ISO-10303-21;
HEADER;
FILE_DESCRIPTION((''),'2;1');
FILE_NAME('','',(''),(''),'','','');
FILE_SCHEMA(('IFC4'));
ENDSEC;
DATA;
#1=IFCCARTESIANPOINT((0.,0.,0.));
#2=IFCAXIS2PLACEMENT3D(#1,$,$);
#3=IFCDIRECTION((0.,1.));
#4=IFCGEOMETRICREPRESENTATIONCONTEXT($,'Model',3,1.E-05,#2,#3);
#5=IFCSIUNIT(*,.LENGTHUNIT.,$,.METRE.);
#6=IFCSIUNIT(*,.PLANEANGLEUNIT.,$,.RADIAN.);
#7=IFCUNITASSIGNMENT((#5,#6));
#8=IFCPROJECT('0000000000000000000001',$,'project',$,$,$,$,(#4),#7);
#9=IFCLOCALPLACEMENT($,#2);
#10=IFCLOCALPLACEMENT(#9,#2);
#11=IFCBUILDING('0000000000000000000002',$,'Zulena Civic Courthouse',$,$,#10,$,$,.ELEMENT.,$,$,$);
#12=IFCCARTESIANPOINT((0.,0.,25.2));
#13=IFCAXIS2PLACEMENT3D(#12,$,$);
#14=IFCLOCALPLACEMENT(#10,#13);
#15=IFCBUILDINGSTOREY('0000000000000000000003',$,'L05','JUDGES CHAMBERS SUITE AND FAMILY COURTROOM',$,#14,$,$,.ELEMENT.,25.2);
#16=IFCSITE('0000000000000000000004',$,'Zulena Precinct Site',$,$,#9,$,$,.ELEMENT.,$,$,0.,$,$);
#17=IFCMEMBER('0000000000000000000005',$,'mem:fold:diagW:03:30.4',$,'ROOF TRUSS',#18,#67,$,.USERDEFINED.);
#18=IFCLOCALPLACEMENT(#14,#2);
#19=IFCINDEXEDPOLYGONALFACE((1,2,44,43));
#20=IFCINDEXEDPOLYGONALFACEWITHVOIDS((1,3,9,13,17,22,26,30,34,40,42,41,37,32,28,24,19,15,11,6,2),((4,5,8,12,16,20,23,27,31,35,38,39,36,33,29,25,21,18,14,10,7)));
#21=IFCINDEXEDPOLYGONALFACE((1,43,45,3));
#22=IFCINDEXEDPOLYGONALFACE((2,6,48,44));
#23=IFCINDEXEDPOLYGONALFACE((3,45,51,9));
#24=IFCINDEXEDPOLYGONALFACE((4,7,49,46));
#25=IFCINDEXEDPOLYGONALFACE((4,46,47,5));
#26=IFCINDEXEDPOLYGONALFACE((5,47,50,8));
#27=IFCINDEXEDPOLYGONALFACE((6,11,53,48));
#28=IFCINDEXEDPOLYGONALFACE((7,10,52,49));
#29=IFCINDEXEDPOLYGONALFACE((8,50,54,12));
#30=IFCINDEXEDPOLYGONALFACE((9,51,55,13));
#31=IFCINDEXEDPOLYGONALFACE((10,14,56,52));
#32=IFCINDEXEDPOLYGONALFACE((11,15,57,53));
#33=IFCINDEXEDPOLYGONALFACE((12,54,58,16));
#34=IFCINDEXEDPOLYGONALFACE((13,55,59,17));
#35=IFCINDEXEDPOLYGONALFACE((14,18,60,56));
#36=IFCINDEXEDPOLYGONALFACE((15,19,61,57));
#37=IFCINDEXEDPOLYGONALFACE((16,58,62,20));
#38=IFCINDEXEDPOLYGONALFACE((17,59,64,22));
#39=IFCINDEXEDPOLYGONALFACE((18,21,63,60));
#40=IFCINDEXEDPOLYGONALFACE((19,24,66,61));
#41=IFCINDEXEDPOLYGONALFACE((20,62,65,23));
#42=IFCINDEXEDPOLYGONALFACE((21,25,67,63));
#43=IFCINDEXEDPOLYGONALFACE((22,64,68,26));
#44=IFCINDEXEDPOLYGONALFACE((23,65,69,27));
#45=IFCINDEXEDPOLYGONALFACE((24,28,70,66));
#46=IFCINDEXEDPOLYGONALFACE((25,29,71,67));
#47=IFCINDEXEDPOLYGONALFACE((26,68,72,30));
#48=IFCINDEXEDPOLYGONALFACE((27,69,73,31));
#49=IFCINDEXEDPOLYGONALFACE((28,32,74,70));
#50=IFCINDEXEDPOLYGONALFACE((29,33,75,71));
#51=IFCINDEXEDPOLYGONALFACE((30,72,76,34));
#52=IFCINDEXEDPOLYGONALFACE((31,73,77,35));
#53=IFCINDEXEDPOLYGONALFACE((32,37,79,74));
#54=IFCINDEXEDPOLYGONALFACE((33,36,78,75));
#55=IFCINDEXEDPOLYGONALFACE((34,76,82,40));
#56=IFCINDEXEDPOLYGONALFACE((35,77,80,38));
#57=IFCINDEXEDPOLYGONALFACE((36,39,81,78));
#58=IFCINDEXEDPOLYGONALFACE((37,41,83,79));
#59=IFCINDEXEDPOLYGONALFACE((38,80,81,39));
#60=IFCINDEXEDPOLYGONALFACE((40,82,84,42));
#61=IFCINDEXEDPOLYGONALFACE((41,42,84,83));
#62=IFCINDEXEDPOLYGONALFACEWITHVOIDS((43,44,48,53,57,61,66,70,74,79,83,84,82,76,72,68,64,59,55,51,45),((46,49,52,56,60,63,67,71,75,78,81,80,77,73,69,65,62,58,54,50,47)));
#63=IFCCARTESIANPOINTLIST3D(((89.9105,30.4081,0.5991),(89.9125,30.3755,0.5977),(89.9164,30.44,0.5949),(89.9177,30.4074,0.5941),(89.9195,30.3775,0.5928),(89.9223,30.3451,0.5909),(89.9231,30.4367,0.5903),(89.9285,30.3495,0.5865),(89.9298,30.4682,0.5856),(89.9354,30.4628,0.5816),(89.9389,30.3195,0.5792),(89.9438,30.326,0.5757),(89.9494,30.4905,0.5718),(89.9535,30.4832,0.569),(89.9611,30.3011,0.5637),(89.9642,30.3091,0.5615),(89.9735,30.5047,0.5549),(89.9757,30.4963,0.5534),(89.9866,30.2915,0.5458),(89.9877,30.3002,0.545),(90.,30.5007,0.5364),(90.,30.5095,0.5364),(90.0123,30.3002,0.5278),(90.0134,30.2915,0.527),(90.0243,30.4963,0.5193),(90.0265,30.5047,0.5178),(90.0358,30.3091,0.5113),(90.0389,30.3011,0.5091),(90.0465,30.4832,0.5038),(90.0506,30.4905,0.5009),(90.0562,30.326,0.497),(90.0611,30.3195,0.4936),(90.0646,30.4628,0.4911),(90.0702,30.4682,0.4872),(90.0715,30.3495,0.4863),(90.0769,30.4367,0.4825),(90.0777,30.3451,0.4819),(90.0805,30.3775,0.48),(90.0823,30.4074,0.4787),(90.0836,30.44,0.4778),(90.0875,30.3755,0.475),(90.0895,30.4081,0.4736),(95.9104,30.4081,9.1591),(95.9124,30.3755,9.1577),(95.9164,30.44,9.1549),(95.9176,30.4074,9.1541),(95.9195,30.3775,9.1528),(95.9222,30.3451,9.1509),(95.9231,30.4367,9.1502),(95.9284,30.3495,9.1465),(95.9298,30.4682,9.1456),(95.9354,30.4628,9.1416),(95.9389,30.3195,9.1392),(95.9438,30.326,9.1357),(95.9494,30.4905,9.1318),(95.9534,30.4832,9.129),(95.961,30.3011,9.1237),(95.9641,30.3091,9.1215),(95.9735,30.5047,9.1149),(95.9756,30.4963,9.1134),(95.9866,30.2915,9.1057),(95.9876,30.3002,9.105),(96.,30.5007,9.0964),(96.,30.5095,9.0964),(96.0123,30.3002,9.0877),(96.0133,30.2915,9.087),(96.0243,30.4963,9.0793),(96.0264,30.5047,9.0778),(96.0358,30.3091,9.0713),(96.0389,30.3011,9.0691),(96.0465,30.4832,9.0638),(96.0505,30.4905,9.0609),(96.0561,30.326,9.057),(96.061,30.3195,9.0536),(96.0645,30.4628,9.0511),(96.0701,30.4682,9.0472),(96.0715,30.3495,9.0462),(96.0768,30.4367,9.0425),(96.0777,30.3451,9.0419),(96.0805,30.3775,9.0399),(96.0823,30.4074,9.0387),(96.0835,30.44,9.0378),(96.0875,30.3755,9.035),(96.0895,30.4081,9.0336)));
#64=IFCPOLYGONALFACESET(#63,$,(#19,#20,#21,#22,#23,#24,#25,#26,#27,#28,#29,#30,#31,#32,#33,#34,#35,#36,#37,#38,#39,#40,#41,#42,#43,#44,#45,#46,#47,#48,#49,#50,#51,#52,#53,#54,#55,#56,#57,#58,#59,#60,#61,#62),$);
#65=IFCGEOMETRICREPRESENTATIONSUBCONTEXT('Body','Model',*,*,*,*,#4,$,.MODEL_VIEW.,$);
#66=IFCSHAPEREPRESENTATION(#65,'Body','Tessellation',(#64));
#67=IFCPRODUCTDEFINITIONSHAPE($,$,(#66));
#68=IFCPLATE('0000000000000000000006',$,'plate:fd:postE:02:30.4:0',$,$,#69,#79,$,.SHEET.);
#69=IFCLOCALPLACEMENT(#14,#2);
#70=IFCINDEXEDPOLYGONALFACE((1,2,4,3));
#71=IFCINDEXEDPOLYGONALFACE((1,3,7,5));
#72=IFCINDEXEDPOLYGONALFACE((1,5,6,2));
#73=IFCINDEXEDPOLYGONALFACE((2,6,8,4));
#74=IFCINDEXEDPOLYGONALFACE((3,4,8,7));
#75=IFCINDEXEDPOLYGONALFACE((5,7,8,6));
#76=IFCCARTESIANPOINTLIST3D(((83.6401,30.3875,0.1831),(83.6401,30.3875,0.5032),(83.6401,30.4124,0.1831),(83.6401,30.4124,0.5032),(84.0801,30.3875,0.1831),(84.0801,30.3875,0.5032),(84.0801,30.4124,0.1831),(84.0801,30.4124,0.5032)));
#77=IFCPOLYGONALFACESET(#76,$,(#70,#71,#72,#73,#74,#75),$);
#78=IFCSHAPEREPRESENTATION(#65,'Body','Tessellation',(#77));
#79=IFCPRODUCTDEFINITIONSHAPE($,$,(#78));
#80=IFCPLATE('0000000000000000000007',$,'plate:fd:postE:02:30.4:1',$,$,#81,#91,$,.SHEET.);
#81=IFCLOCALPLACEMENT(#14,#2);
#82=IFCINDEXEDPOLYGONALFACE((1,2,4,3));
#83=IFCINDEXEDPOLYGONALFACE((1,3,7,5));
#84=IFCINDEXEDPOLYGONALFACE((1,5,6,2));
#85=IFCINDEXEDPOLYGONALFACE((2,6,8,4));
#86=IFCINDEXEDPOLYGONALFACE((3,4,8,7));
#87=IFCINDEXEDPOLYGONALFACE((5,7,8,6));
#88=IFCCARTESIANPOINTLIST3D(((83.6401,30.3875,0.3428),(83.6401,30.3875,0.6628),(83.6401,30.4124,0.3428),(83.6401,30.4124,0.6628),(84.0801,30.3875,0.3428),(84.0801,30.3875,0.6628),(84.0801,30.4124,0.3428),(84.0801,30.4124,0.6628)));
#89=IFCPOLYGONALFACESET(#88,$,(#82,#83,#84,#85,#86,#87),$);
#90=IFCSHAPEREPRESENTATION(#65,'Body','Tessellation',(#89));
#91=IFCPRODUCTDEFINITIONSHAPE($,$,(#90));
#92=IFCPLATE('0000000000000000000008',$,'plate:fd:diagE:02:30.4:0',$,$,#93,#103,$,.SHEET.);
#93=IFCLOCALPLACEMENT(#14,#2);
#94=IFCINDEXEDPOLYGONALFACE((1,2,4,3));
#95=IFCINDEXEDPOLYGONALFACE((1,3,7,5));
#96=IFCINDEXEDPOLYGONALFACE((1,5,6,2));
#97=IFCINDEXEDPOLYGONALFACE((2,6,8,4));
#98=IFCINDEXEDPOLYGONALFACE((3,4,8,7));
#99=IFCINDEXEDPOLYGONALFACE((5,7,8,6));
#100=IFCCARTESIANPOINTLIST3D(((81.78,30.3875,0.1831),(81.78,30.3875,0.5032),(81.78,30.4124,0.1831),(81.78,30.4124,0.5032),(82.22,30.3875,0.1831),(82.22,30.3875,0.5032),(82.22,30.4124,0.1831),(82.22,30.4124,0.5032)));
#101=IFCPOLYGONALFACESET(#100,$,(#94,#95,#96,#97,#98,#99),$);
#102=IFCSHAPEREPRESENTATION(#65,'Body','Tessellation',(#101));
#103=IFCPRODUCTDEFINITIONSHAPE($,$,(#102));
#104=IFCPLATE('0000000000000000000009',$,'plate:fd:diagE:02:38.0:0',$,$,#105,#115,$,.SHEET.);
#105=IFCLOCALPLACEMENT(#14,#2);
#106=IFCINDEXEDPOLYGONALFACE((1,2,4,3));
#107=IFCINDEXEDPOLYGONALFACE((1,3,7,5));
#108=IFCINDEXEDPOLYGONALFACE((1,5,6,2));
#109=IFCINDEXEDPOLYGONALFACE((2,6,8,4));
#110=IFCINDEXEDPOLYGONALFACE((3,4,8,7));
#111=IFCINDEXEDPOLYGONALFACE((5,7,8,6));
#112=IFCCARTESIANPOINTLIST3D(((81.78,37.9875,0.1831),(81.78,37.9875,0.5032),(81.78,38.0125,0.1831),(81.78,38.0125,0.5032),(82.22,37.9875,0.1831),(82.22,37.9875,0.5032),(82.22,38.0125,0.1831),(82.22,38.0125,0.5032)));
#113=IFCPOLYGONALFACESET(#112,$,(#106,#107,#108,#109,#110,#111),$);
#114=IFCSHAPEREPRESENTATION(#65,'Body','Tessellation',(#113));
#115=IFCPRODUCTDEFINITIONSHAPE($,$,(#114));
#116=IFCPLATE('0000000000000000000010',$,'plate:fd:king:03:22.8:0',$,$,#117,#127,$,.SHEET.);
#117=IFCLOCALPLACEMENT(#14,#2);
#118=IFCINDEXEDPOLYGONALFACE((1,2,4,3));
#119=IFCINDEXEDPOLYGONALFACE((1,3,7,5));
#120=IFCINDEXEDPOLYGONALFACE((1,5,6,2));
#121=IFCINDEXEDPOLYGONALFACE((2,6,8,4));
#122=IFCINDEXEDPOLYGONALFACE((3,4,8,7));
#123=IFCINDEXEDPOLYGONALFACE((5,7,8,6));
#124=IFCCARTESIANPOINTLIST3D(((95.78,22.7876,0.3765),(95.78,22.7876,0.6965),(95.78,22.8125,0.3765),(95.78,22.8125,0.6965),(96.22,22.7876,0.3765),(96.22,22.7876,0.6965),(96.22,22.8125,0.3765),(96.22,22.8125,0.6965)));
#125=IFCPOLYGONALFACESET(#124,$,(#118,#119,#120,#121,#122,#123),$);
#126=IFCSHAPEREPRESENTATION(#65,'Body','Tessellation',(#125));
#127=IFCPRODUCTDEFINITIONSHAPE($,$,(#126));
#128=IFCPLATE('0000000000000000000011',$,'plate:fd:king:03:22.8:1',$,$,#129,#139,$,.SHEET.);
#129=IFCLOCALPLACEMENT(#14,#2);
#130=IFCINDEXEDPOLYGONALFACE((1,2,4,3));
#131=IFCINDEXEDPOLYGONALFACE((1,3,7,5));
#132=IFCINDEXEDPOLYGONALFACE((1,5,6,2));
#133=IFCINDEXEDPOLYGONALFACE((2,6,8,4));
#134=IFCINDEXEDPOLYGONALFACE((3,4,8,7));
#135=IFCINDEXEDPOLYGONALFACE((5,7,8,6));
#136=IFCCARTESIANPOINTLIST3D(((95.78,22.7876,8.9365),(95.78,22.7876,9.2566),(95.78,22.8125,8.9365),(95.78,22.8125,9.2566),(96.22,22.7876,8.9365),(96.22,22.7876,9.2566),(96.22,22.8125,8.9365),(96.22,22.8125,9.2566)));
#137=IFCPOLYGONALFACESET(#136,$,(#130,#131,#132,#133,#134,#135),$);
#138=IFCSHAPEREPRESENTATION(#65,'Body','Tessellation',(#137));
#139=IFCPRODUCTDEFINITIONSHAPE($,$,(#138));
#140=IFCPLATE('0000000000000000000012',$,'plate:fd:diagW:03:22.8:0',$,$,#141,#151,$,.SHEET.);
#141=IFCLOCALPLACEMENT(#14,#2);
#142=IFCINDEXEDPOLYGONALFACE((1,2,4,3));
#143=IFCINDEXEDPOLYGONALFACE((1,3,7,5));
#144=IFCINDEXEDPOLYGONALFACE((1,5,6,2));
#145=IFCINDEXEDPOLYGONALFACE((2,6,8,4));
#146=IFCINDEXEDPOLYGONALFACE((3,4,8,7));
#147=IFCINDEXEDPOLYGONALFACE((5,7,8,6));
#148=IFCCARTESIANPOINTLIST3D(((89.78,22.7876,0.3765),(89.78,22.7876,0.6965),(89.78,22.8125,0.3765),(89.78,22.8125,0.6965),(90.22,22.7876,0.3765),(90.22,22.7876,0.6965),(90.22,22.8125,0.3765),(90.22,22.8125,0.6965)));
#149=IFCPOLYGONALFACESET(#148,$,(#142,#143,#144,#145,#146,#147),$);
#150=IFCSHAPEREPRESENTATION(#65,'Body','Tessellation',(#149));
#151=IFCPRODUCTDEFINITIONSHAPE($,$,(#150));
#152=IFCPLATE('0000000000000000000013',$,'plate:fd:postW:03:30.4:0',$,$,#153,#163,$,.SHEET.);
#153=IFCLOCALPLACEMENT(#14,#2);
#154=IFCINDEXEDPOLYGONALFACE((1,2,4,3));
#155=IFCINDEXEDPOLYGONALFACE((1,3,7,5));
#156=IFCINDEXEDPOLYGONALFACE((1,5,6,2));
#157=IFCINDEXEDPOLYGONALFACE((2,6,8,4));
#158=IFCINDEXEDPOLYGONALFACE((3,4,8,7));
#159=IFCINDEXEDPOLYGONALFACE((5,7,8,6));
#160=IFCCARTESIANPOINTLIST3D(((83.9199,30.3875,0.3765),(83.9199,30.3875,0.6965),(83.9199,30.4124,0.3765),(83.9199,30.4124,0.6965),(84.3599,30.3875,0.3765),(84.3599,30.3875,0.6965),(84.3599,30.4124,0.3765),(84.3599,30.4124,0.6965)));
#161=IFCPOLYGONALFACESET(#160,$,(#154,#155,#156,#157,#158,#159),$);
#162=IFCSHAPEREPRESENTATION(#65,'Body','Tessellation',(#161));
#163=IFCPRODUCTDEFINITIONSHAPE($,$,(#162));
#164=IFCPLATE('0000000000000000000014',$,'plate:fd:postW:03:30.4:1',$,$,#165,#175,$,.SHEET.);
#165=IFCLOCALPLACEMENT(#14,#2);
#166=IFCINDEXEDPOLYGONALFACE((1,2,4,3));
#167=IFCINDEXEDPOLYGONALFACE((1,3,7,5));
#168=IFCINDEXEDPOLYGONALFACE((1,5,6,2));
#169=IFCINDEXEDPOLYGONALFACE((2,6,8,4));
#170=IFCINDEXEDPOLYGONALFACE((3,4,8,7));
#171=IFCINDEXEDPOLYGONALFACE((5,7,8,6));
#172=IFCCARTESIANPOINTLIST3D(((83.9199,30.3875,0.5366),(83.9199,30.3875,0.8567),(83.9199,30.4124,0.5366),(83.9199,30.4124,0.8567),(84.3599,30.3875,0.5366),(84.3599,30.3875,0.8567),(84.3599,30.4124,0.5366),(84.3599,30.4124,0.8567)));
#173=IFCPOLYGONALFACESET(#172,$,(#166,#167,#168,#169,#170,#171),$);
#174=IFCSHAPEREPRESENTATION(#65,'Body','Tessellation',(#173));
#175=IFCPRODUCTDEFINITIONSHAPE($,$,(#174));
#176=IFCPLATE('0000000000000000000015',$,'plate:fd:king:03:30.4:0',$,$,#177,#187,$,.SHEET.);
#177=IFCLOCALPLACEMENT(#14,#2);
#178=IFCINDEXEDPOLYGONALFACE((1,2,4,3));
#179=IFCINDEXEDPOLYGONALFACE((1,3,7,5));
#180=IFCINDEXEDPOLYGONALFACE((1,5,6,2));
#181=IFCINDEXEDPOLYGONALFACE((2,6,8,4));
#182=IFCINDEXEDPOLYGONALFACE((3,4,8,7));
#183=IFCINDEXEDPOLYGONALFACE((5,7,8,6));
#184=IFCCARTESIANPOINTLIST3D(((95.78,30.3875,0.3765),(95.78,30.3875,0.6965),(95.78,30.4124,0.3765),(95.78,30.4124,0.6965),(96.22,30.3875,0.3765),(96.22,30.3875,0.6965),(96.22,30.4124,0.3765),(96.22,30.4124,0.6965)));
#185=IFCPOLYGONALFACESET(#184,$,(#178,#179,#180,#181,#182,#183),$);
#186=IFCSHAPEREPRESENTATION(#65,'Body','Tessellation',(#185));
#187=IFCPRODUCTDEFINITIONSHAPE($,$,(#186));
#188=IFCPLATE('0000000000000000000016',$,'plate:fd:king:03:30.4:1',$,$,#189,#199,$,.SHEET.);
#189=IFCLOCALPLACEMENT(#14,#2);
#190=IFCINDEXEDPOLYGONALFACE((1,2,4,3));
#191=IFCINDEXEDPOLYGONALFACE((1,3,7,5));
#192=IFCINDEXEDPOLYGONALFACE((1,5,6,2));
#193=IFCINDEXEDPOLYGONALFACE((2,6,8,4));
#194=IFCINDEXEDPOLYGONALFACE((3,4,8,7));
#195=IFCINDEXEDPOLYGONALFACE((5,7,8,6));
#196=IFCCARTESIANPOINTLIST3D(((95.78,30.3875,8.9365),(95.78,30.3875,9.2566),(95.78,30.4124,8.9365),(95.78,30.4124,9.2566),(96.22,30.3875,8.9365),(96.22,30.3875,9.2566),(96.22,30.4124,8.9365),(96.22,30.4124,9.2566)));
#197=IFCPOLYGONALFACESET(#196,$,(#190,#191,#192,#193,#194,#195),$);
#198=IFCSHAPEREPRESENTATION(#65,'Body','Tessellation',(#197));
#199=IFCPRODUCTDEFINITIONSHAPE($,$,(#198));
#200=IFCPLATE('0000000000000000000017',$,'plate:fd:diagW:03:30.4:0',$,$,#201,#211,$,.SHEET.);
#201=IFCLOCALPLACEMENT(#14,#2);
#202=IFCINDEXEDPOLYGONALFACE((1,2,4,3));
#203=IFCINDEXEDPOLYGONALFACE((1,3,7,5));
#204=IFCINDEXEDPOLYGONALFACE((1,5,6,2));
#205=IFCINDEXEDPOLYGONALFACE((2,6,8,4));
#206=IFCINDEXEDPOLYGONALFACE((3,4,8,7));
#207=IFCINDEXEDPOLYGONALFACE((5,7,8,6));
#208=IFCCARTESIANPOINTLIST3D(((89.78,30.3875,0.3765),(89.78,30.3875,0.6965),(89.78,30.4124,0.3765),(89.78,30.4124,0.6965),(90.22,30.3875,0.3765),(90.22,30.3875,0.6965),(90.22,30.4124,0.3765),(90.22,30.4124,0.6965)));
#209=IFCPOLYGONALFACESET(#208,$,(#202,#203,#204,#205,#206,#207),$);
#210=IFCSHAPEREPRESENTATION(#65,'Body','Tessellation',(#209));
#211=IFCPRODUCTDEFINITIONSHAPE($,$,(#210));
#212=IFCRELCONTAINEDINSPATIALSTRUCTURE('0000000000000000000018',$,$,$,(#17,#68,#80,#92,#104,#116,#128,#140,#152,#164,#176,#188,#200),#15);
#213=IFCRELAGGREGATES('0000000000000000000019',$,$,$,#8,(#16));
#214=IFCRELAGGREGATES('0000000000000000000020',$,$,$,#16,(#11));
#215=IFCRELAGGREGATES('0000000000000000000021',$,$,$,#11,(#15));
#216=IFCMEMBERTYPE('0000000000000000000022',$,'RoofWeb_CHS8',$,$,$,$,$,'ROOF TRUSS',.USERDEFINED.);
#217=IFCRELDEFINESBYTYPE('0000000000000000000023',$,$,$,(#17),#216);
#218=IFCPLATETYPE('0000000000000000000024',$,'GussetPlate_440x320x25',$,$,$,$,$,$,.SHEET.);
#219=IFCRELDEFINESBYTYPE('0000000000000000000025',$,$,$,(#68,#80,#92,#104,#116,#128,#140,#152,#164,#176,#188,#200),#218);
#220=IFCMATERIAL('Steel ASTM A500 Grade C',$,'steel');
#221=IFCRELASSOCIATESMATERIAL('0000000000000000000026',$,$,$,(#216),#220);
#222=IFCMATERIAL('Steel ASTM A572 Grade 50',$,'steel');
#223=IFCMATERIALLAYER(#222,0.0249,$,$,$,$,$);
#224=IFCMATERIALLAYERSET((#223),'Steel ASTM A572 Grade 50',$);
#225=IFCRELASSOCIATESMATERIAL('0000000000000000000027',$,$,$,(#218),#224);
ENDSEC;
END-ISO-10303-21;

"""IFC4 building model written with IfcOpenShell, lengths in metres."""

from ifc_helpers import new_model, si_unit, direction, frame, origin, origin_2d, place, context, subcontext, project, spatial, rectangle, hollow_circle, extrude, material, layer, layer_set, material_profile, profile_set, type_object, element, save


model = new_model("IFC4")

# Units and contexts
model_context = context("Model", 3, precision=1e-05, world=origin(), true_north=direction((0.0, 1.0)))
body_context = subcontext(model_context, "Body", "Model", "MODEL_VIEW")
ifc_project = project(units=[si_unit("LENGTHUNIT", "METRE"), si_unit("PLANEANGLEUNIT", "RADIAN")], contexts=[model_context])

# Site, building, storey
site_placement = place(None, origin())
site = spatial("IfcSite", under=ifc_project, at=site_placement, Name="Zulena Precinct Site", CompositionType="ELEMENT", RefElevation=0.0)
building_placement = place(site_placement, origin())
building = spatial("IfcBuilding", under=site, at=building_placement, Name="Zulena Civic Courthouse", CompositionType="ELEMENT")
storey_placement = place(building_placement, frame((0.0, 0.0, 25.2)))
storey = spatial("IfcBuildingStorey", under=building, at=storey_placement, Name="L05", Description="JUDGES CHAMBERS SUITE AND FAMILY COURTROOM", CompositionType="ELEMENT", Elevation=25.2)

# Member
ifc_material_1 = material(Name="Steel ASTM A500 Grade C", Category="steel")
ifc_material_profile_1 = material_profile(ifc_material_1, hollow_circle(Radius=0.1096, WallThickness=0.0088, at=origin_2d()), Name="HSS8.625X0.375")
ifc_profile_set_1 = profile_set([ifc_material_profile_1], Name="Steel ASTM A500 Grade C")
member_type_1 = type_object("IfcMemberType", Name="RoofWeb_CHS8", ElementType="ROOF TRUSS", PredefinedType="USERDEFINED", material=ifc_profile_set_1)
member_1_placement = place(storey_placement, frame((90.0, 30.3999, 0.5364), z_axis=(0.573973, 0.0, 0.818874), x_axis=(0.0, 1.0, 0.0)))
element("IfcMember", 1, at=member_1_placement, inside=storey, type_object=member_type_1, Name="mem:fold:diagW:03:30.4", ObjectType="ROOF TRUSS", PredefinedType="USERDEFINED", context=body_context, shape_type="SweptSolid", body=[
    extrude(hollow_circle(Radius=0.1096, WallThickness=0.0088, at=origin_2d()), origin(), (0.0, 0.0, 1.0), 10.4534),
])

# Plates
ifc_material_2 = material(Name="Steel ASTM A572 Grade 50", Category="steel")
ifc_layer = layer(ifc_material_2, 0.0249)
ifc_layer_set = layer_set([ifc_layer], Name="Steel ASTM A572 Grade 50")
plate_type = type_object("IfcPlateType", Name="GussetPlate_440x320x25", PredefinedType="SHEET", material=ifc_layer_set)
for number, where, z_axis, x_axis, name in (
    (2, (83.8601, 30.3999, 0.1831), (0.0, 0.0, 1.0), (1.0, 0.0, 0.0), "plate:fd:postE:02:30.4:0"),
    (3, (83.8601, 30.3999, 0.3428), (0.0, 0.0, 1.0), (1.0, 0.0, 0.0), "plate:fd:postE:02:30.4:1"),
    (4, (82.0, 30.3999, 0.1831), (0.0, 0.0, 1.0), (1.0, 0.0, 0.0), "plate:fd:diagE:02:30.4:0"),
    (5, (82.0, 38.0, 0.1831), (0.0, 0.0, 1.0), (1.0, 0.0, 0.0), "plate:fd:diagE:02:38.0:0"),
    (6, (96.0, 22.8, 0.3765), (0.0, 0.0, 1.0), (1.0, 0.0, 0.0), "plate:fd:king:03:22.8:0"),
    (7, (96.0, 22.8, 8.9365), (0.0, 0.0, 1.0), (1.0, 0.0, 0.0), "plate:fd:king:03:22.8:1"),
    (8, (90.0, 22.8, 0.3765), (0.0, 0.0, 1.0), (1.0, 0.0, 0.0), "plate:fd:diagW:03:22.8:0"),
    (9, (84.1399, 30.3999, 0.3765), (0.0, 0.0, 1.0), (1.0, 0.0, 0.0), "plate:fd:postW:03:30.4:0"),
    (10, (84.1399, 30.3999, 0.5366), (0.0, 0.0, 1.0), (1.0, 0.0, 0.0), "plate:fd:postW:03:30.4:1"),
    (11, (96.0, 30.3999, 0.3765), (0.0, 0.0, 1.0), (1.0, 0.0, 0.0), "plate:fd:king:03:30.4:0"),
    (12, (96.0, 30.3999, 8.9365), (0.0, 0.0, 1.0), (1.0, 0.0, 0.0), "plate:fd:king:03:30.4:1"),
    (13, (90.0, 30.3999, 0.3765), (0.0, 0.0, 1.0), (1.0, 0.0, 0.0), "plate:fd:diagW:03:30.4:0"),
):
    element("IfcPlate", number, at=place(storey_placement, frame(where, z_axis=z_axis, x_axis=x_axis)), inside=storey, type_object=plate_type, Name=name, PredefinedType="SHEET", context=body_context, shape_type="SweptSolid", body=[
        extrude(rectangle(XDim=0.4399, YDim=0.0249, at=origin_2d()), origin(), (0.0, 0.0, 1.0), 0.3201),
    ])

save(model, "model.ifc")
